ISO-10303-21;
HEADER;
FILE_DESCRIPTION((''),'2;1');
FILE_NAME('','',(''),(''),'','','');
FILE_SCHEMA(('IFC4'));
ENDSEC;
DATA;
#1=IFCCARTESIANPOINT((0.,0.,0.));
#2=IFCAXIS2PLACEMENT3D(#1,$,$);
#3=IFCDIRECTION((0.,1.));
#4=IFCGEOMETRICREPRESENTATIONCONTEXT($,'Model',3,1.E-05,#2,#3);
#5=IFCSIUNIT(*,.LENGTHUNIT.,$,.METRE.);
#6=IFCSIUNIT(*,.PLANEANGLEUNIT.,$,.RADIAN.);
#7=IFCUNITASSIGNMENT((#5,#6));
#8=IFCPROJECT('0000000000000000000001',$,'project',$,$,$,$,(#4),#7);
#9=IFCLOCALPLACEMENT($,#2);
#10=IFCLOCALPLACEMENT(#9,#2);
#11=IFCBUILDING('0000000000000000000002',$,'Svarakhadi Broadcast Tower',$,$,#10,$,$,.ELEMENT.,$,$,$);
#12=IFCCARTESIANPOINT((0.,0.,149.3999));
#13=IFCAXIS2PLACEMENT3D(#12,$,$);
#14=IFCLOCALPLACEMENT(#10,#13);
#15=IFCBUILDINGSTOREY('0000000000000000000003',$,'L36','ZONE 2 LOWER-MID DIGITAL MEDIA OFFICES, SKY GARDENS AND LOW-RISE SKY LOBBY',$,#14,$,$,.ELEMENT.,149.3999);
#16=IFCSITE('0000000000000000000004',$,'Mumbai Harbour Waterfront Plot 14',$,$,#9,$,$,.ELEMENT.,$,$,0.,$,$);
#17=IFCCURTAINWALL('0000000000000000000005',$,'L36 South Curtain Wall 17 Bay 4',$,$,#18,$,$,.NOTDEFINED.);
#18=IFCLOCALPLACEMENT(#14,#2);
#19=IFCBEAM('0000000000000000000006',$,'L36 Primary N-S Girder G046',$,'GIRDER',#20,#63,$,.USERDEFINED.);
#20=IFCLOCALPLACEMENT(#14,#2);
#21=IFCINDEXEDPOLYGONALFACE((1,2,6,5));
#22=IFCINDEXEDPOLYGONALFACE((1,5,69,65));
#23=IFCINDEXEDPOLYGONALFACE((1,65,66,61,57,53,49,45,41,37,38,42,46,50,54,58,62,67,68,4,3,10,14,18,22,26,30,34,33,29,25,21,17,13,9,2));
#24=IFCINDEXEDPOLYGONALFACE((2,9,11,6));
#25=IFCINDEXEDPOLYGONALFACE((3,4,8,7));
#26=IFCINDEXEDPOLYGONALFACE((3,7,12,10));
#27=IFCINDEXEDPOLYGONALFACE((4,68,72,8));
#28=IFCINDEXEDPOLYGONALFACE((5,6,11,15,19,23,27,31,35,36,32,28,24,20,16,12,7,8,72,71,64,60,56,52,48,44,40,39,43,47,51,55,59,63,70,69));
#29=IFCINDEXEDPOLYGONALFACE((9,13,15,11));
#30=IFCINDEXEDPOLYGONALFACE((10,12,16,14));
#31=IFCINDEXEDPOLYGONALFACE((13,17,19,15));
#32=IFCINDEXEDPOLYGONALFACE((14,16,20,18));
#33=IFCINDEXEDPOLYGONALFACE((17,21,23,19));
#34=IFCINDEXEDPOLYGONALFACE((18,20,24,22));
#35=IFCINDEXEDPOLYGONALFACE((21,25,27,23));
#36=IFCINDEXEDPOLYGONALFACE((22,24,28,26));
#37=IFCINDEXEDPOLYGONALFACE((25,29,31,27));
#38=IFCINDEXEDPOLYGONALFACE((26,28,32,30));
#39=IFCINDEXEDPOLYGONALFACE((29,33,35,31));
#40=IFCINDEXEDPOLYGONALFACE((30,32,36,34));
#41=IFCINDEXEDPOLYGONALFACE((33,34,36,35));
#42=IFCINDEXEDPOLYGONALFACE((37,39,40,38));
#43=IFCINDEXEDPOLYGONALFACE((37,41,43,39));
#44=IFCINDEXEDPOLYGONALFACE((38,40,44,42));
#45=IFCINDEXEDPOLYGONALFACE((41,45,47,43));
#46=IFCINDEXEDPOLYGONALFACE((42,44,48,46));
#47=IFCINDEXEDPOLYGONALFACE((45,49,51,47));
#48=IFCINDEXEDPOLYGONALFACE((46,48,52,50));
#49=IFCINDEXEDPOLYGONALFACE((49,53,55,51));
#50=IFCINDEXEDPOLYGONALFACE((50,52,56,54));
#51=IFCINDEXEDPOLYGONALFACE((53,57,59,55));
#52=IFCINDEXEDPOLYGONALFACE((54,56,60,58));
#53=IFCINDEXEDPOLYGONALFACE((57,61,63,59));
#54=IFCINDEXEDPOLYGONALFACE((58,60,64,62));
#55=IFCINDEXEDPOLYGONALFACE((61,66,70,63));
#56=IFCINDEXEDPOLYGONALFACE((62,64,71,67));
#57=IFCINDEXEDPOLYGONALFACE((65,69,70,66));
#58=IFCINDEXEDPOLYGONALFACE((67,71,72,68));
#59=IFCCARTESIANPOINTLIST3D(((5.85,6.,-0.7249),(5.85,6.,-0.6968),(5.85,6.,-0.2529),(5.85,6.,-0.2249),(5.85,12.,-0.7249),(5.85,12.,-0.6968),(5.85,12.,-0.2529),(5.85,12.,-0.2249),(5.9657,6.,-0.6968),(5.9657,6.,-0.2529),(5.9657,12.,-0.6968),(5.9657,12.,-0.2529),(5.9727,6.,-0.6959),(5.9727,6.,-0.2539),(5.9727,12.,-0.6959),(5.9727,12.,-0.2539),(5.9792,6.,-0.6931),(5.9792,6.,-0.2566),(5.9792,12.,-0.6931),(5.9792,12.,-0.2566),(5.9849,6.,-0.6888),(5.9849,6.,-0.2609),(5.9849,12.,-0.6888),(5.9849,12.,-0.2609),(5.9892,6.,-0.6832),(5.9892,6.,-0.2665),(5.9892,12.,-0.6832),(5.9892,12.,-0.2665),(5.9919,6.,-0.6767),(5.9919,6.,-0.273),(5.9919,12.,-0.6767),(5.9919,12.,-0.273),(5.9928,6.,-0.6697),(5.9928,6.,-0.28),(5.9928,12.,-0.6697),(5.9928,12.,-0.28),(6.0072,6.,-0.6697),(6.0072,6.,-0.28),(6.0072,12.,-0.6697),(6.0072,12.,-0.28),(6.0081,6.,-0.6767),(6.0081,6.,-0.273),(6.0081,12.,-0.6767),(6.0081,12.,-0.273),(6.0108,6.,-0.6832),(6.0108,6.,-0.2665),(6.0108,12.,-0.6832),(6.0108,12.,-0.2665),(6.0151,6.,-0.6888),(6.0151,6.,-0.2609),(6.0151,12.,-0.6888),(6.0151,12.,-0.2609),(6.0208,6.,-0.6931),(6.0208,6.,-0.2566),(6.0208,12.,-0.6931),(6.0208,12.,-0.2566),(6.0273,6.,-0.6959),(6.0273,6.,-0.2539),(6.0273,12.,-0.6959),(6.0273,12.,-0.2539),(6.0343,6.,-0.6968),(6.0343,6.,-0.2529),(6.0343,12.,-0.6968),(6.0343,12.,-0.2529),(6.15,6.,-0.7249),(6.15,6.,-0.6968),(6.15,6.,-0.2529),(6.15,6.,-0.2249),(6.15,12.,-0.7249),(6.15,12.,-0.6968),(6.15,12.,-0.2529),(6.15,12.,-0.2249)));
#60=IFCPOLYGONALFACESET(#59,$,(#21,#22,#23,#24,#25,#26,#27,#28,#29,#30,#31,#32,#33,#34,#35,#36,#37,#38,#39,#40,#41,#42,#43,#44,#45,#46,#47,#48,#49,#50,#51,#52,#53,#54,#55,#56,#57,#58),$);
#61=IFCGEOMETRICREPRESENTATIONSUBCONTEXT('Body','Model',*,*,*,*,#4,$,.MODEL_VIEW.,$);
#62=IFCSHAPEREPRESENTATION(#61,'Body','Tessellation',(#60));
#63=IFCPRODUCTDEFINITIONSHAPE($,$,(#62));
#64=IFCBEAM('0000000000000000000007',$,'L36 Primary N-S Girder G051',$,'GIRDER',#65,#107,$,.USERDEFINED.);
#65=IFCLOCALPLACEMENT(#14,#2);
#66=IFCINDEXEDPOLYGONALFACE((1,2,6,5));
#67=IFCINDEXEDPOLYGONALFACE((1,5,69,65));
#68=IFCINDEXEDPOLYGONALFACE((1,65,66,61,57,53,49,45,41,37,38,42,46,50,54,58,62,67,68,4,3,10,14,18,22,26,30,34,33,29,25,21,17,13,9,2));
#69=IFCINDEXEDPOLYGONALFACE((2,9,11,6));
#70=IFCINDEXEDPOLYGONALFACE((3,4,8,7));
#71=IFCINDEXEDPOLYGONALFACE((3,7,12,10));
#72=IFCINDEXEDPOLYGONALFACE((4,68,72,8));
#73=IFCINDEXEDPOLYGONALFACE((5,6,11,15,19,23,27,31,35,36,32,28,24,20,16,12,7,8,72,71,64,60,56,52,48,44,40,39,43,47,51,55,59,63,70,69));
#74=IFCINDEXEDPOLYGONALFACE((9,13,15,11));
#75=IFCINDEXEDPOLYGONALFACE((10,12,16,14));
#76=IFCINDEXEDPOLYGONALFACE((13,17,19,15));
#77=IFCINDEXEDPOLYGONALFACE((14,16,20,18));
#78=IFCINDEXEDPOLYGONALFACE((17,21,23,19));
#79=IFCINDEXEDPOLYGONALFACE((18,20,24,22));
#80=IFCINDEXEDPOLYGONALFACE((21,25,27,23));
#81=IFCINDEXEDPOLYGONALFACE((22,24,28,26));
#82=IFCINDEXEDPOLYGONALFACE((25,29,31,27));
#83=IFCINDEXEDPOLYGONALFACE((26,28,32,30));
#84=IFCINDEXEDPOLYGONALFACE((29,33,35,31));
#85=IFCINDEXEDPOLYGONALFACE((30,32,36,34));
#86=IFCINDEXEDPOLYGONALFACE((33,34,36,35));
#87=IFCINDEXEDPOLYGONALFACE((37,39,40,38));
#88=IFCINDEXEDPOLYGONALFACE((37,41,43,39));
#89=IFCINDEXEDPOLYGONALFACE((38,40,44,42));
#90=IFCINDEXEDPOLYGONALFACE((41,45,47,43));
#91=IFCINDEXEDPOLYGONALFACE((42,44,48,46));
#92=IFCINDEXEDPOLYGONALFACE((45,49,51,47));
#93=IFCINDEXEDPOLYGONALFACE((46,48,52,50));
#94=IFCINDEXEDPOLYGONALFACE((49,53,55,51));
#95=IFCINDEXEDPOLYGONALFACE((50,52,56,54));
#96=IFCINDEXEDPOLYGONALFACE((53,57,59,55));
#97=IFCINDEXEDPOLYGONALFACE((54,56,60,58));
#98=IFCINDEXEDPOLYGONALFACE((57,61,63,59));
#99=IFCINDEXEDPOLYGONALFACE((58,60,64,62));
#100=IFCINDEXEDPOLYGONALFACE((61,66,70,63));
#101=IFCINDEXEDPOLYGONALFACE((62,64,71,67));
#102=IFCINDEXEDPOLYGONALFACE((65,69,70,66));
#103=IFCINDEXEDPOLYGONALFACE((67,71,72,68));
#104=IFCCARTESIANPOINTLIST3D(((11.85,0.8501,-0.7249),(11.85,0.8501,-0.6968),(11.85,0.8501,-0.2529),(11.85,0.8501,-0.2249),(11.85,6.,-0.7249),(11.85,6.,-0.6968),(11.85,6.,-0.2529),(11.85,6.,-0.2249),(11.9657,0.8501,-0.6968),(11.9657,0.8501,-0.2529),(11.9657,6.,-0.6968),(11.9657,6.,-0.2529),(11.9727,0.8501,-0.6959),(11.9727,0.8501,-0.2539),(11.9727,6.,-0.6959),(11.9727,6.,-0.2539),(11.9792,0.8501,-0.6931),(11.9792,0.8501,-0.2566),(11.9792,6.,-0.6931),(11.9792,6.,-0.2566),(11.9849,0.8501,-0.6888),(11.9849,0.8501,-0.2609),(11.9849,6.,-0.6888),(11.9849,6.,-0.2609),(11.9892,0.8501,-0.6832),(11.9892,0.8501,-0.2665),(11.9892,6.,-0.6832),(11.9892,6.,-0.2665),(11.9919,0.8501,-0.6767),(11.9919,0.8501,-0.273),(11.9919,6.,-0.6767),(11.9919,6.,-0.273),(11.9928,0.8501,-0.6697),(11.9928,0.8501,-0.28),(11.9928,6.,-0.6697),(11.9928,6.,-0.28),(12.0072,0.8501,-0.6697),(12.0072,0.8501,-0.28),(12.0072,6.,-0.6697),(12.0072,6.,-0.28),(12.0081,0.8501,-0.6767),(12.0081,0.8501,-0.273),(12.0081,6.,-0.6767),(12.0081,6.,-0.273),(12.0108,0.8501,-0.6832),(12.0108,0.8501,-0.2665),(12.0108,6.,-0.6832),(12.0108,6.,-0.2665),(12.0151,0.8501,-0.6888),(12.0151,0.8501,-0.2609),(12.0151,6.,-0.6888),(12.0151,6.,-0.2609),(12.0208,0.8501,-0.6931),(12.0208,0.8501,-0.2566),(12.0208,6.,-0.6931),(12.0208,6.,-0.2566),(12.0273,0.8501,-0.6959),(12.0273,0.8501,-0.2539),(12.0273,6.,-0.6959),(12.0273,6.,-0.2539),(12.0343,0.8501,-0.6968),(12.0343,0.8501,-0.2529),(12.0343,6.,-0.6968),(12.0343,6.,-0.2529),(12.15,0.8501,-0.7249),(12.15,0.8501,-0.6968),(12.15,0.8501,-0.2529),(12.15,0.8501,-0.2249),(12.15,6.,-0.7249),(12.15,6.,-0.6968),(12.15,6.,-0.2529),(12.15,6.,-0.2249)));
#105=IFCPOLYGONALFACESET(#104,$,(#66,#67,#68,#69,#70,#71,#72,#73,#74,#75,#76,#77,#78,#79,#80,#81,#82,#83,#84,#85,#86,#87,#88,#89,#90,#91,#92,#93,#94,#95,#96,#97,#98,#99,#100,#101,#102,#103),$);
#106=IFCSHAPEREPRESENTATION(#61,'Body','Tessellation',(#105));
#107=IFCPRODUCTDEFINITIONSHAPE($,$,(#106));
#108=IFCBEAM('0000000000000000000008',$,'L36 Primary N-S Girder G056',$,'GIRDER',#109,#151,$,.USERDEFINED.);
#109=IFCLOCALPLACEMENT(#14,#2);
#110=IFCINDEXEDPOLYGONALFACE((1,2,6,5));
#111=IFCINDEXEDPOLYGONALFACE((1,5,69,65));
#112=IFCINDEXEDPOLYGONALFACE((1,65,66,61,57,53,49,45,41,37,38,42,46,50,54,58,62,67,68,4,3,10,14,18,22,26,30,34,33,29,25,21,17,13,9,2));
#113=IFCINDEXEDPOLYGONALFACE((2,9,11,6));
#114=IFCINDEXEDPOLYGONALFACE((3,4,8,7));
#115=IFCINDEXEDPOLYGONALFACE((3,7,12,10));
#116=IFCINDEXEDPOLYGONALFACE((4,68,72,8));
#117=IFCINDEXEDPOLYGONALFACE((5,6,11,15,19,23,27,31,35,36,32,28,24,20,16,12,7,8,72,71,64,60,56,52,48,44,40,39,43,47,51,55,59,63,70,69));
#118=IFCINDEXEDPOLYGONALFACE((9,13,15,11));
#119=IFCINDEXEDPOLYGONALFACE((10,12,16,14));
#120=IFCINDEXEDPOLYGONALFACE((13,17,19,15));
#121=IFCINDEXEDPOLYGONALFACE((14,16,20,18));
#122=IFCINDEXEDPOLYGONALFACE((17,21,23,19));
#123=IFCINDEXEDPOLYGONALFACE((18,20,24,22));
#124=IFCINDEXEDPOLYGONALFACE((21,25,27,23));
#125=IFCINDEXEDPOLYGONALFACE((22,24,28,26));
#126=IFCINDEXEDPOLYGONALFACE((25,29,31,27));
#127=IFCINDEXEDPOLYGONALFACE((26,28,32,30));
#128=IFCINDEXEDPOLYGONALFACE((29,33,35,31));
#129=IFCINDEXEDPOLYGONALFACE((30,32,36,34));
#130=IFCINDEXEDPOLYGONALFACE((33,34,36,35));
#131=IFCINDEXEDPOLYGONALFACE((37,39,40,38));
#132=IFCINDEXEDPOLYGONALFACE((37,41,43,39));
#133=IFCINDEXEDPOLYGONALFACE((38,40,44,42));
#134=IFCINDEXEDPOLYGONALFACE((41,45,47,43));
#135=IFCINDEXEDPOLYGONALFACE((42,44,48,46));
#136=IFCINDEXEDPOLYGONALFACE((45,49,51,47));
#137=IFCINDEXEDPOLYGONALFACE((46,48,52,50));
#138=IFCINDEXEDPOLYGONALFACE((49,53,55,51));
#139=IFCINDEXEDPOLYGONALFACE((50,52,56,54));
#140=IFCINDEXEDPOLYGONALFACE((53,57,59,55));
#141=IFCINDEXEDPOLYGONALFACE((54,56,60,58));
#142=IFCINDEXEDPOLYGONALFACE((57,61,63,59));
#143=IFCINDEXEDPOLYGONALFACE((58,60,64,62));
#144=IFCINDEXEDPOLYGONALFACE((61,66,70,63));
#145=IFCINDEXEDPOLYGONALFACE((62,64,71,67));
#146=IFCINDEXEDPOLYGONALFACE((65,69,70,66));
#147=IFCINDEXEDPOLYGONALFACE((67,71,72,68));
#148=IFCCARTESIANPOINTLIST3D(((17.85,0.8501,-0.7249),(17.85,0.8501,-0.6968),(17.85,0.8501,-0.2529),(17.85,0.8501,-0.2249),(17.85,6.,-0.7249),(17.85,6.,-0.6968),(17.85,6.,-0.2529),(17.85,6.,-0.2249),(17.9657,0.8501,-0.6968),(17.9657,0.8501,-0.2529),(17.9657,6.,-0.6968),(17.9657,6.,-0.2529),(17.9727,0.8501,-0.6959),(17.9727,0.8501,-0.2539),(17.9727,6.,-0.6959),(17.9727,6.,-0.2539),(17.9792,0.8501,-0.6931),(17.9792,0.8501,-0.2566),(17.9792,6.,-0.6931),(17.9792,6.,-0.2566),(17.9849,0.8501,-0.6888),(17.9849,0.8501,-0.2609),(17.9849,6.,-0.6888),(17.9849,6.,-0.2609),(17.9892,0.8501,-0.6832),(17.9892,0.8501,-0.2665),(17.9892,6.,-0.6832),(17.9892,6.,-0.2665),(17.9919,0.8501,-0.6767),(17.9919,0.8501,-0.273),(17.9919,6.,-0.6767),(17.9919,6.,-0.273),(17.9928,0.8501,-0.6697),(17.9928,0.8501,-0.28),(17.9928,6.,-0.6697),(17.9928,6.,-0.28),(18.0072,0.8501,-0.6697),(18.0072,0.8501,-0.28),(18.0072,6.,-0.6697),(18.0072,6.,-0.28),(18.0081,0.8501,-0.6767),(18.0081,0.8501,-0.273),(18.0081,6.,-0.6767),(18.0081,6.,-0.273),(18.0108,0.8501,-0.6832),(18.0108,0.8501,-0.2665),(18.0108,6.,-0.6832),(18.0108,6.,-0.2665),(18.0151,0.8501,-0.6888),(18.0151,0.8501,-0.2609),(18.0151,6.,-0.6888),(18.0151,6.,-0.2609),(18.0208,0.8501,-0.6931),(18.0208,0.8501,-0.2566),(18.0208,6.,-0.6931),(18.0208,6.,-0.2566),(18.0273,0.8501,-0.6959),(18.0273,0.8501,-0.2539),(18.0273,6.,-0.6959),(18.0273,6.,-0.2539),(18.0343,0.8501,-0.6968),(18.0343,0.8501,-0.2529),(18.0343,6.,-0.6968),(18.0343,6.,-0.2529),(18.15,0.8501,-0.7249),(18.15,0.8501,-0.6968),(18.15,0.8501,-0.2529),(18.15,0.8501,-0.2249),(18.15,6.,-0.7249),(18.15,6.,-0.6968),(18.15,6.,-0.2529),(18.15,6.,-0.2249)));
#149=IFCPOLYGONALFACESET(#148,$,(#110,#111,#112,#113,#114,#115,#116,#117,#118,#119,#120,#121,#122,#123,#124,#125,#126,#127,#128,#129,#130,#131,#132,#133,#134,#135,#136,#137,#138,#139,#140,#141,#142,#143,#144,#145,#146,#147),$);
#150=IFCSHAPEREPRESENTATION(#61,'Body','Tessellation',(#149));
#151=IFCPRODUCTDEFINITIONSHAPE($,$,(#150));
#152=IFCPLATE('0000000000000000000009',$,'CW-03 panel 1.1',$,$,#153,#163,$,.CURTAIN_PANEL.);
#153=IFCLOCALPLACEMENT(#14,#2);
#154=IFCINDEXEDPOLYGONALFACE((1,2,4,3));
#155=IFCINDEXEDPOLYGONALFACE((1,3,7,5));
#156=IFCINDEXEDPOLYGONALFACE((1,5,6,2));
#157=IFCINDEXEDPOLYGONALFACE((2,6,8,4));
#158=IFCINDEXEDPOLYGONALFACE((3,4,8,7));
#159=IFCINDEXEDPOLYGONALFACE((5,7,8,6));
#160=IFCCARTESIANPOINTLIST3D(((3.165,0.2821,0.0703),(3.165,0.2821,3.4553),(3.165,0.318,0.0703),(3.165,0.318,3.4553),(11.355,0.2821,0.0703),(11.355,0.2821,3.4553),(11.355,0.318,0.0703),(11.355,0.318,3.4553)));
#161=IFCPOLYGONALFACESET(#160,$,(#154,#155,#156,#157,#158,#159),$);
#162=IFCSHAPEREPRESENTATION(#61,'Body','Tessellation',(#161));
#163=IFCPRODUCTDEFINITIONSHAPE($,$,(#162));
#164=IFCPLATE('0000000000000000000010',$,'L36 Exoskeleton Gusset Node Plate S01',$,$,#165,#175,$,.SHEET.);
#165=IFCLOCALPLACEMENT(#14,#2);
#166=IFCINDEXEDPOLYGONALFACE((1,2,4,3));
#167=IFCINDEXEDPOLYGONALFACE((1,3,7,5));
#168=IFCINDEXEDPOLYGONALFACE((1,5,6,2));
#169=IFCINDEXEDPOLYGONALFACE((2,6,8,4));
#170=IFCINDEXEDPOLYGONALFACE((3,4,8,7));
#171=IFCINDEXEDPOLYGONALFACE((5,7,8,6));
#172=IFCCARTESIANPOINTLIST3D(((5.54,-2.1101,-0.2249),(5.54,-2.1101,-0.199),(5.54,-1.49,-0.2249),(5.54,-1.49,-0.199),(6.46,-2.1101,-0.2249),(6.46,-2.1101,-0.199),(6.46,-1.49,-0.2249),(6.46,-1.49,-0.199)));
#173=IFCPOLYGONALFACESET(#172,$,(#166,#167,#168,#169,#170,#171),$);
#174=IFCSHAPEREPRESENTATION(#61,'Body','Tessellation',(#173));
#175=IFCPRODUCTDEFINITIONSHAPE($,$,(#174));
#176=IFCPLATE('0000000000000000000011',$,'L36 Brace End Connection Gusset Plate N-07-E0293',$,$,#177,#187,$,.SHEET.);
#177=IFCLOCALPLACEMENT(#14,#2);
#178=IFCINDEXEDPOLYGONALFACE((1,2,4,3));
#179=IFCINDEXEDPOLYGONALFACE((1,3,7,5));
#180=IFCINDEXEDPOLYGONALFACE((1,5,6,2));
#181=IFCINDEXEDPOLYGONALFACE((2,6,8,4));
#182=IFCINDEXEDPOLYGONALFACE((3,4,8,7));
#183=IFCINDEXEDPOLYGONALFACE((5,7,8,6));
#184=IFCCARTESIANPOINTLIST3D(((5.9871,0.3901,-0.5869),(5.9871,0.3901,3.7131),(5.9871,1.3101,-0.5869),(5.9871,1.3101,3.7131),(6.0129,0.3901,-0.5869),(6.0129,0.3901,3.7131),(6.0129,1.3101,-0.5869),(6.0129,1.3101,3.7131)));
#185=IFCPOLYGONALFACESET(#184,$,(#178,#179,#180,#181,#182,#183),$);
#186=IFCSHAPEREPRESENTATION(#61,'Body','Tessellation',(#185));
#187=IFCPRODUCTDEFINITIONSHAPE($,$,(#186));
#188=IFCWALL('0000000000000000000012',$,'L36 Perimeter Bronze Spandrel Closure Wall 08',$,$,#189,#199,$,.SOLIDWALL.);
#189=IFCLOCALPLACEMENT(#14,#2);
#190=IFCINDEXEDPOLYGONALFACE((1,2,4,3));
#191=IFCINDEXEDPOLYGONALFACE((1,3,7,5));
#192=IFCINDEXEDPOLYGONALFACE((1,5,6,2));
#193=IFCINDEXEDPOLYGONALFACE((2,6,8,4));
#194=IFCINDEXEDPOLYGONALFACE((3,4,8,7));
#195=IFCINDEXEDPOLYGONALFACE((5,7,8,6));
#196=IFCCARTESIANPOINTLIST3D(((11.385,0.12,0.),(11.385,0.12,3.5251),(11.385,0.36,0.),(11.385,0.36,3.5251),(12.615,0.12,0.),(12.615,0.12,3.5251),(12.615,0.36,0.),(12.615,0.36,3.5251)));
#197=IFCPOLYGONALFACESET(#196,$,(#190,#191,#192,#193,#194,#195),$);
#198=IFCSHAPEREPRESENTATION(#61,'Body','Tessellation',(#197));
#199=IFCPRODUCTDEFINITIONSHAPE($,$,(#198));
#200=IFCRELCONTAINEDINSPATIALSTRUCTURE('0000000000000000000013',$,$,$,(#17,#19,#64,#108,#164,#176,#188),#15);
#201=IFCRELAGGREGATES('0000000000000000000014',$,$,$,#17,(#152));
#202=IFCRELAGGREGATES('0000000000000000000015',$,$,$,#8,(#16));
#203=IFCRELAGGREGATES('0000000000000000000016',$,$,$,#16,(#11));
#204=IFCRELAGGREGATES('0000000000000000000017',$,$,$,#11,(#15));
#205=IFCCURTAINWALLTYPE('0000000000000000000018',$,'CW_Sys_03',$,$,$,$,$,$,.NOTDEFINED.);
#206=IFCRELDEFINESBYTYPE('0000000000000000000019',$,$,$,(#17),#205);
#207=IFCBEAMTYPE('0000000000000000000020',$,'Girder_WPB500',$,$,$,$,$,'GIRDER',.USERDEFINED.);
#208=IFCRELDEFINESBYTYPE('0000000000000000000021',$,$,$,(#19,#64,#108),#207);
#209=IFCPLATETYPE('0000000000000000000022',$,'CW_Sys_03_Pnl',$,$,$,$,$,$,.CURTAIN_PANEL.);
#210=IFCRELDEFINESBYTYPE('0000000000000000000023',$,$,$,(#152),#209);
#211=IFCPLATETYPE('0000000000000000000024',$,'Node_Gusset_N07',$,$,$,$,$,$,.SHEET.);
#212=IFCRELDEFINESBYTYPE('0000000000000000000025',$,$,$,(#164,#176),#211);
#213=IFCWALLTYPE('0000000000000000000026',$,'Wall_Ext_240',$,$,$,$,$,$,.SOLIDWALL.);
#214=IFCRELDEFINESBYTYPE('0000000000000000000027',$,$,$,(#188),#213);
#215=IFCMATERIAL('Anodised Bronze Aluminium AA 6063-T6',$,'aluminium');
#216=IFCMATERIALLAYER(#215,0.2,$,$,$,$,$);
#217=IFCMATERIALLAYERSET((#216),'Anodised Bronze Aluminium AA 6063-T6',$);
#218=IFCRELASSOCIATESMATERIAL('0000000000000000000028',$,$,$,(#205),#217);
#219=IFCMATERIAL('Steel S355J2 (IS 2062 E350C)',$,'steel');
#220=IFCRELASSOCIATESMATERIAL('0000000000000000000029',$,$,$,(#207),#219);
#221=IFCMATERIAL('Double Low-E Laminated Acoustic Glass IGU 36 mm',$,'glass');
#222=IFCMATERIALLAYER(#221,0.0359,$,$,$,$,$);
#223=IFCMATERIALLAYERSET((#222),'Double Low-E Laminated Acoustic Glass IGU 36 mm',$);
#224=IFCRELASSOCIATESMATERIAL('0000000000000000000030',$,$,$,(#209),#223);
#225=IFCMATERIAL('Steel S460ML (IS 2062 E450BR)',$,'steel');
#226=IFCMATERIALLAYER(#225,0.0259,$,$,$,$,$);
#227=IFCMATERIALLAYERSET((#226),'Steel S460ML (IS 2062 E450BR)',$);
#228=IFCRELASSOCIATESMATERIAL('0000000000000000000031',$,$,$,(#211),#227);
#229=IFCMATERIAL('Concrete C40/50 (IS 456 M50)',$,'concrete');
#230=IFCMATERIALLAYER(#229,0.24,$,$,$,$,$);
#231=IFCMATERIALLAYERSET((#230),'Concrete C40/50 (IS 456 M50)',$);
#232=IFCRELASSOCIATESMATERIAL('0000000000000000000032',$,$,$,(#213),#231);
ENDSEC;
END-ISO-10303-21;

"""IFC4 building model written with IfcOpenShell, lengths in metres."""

from ifc_helpers import new_model, si_unit, direction, frame, frame_2d, origin, origin_2d, place, context, subcontext, project, spatial, rectangle, i_section, extrude, material, layer, layer_set, material_profile, profile_set, type_object, element, aggregate, save


model = new_model("IFC4")

# Units and contexts
model_context = context("Model", 3, precision=1e-05, world=origin(), true_north=direction((0.0, 1.0)))
body_context = subcontext(model_context, "Body", "Model", "MODEL_VIEW")
ifc_project = project(units=[si_unit("LENGTHUNIT", "METRE"), si_unit("PLANEANGLEUNIT", "RADIAN")], contexts=[model_context])

# Site, building, storey
site_placement = place(None, origin())
site = spatial("IfcSite", under=ifc_project, at=site_placement, Name="Mumbai Harbour Waterfront Plot 14", CompositionType="ELEMENT", RefElevation=0.0)
building_placement = place(site_placement, origin())
building = spatial("IfcBuilding", under=site, at=building_placement, Name="Svarakhadi Broadcast Tower", CompositionType="ELEMENT")
storey_placement = place(building_placement, frame((0.0, 0.0, 149.3999)))
storey = spatial("IfcBuildingStorey", under=building, at=storey_placement, Name="L36", Description="ZONE 2 LOWER-MID DIGITAL MEDIA OFFICES, SKY GARDENS AND LOW-RISE SKY LOBBY", CompositionType="ELEMENT", Elevation=149.3999)

# Shared definitions
ifc_material_1 = material(Name="Steel S460ML (IS 2062 E450BR)", Category="steel")

# Shared definitions
ifc_material_2 = material(Name="Steel S355J2 (IS 2062 E350C)", Category="steel")

# Shared definitions
ifc_material_3 = material(Name="Anodised Bronze Aluminium AA 6063-T6", Category="aluminium")
ifc_layer_1 = layer(ifc_material_3, 0.2)
ifc_layer_set_1 = layer_set([ifc_layer_1], Name="Anodised Bronze Aluminium AA 6063-T6")
curtain_wall_type = type_object("IfcCurtainWallType", Name="CW_Sys_03", PredefinedType="NOTDEFINED", material=ifc_layer_set_1)

# Curtain wall
curtain_wall_1_placement = place(storey_placement, origin())
curtain_wall_1 = element("IfcCurtainWall", 1, at=curtain_wall_1_placement, inside=storey, type_object=curtain_wall_type, Name="L36 South Curtain Wall 17 Bay 4", PredefinedType="NOTDEFINED")

# Beams
ifc_material_profile_1 = material_profile(ifc_material_2, i_section(OverallWidth=0.3, OverallDepth=0.5, WebThickness=0.0144, FlangeThickness=0.0281, FilletRadius=0.0271, at=origin_2d()), Name="WPB 500x300x187")
ifc_profile_set_1 = profile_set([ifc_material_profile_1], Name="Steel S355J2 (IS 2062 E350C)")
beam_type_1 = type_object("IfcBeamType", Name="Girder_WPB500", ElementType="GIRDER", PredefinedType="USERDEFINED", material=ifc_profile_set_1)
beam_1_placement = place(storey_placement, frame((6.0, 6.0, -0.4749), z_axis=(0.0, 1.0, 0.0), x_axis=(-1.0, 0.0, 0.0)))
element("IfcBeam", 2, at=beam_1_placement, inside=storey, type_object=beam_type_1, Name="L36 Primary N-S Girder G046", ObjectType="GIRDER", PredefinedType="USERDEFINED", context=body_context, shape_type="SweptSolid", body=[
    extrude(i_section(OverallWidth=0.3, OverallDepth=0.5, WebThickness=0.0144, FlangeThickness=0.0281, FilletRadius=0.0271, at=origin_2d()), origin(), (0.0, 0.0, 1.0), 6.0),
])
for number, where, z_axis, x_axis, name in (
    (3, (12.0, 0.8501, -0.4749), (0.0, 1.0, 0.0), (-1.0, 0.0, 0.0), "L36 Primary N-S Girder G051"),
    (4, (18.0, 0.8501, -0.4749), (0.0, 1.0, 0.0), (-1.0, 0.0, 0.0), "L36 Primary N-S Girder G056"),
):
    element("IfcBeam", number, at=place(storey_placement, frame(where, z_axis=z_axis, x_axis=x_axis)), inside=storey, type_object=beam_type_1, Name=name, ObjectType="GIRDER", PredefinedType="USERDEFINED", context=body_context, shape_type="SweptSolid", body=[
        extrude(i_section(OverallWidth=0.3, OverallDepth=0.5, WebThickness=0.0144, FlangeThickness=0.0281, FilletRadius=0.0271, at=origin_2d()), origin(), (0.0, 0.0, 1.0), 5.1499),
    ])

# Plate
ifc_material_4 = material(Name="Double Low-E Laminated Acoustic Glass IGU 36 mm", Category="glass")
ifc_layer_2 = layer(ifc_material_4, 0.0359)
ifc_layer_set_2 = layer_set([ifc_layer_2], Name="Double Low-E Laminated Acoustic Glass IGU 36 mm")
plate_type_1 = type_object("IfcPlateType", Name="CW_Sys_03_Pnl", PredefinedType="CURTAIN_PANEL", material=ifc_layer_set_2)
plate_1_placement = place(storey_placement, frame((7.26, 0.3, 0.0703), z_axis=(0.0, 0.0, 1.0), x_axis=(-1.0, 0.0, 0.0)))
plate_1 = element("IfcPlate", 5, at=plate_1_placement, type_object=plate_type_1, Name="CW-03 panel 1.1", PredefinedType="CURTAIN_PANEL", context=body_context, shape_type="SweptSolid", body=[
    extrude(rectangle(XDim=8.1899, YDim=0.0359, at=origin_2d()), origin(), (0.0, 0.0, 1.0), 3.385),
])
aggregate(curtain_wall_1, [plate_1])

# Plates
ifc_layer_3 = layer(ifc_material_1, 0.0259)
ifc_layer_set_3 = layer_set([ifc_layer_3], Name="Steel S460ML (IS 2062 E450BR)")
plate_type_2 = type_object("IfcPlateType", Name="Node_Gusset_N07", PredefinedType="SHEET", material=ifc_layer_set_3)
plate_2_placement = place(storey_placement, frame((6.0, -1.8, -0.2249), z_axis=(0.0, 0.0, 1.0), x_axis=(1.0, 0.0, 0.0)))
element("IfcPlate", 6, at=plate_2_placement, inside=storey, type_object=plate_type_2, Name="L36 Exoskeleton Gusset Node Plate S01", PredefinedType="SHEET", context=body_context, shape_type="SweptSolid", body=[
    extrude(rectangle(XDim=0.9199, YDim=0.6201, at=origin_2d()), origin(), (0.0, 0.0, 1.0), 0.0259),
])
plate_3_placement = place(storey_placement, frame((6.0, 0.8501, -0.5869), z_axis=(0.0, 0.0, 1.0), x_axis=(0.0, 1.0, 0.0)))
element("IfcPlate", 7, at=plate_3_placement, inside=storey, type_object=plate_type_2, Name="L36 Brace End Connection Gusset Plate N-07-E0293", PredefinedType="SHEET", context=body_context, shape_type="SweptSolid", body=[
    extrude(rectangle(XDim=0.9199, YDim=0.0259, at=origin_2d()), origin(), (0.0, 0.0, 1.0), 4.3),
])

# Wall
ifc_material_5 = material(Name="Concrete C40/50 (IS 456 M50)", Category="concrete")
ifc_layer_4 = layer(ifc_material_5, 0.24)
ifc_layer_set_4 = layer_set([ifc_layer_4], Name="Concrete C40/50 (IS 456 M50)")
wall_type_1 = type_object("IfcWallType", Name="Wall_Ext_240", PredefinedType="SOLIDWALL", material=ifc_layer_set_4)
wall_placement = place(storey_placement, frame((12.615, 0.24, 0.0), z_axis=(0.0, 0.0, 1.0), x_axis=(-1.0, 0.0, 0.0)))
element("IfcWall", 8, at=wall_placement, inside=storey, type_object=wall_type_1, Name="L36 Perimeter Bronze Spandrel Closure Wall 08", PredefinedType="SOLIDWALL", context=body_context, shape_type="SweptSolid", body=[
    extrude(rectangle(XDim=1.23, YDim=0.24, at=frame_2d((0.615, 0.0))), origin(), (0.0, 0.0, 1.0), 3.5251),
])

save(model, "model.ifc")
